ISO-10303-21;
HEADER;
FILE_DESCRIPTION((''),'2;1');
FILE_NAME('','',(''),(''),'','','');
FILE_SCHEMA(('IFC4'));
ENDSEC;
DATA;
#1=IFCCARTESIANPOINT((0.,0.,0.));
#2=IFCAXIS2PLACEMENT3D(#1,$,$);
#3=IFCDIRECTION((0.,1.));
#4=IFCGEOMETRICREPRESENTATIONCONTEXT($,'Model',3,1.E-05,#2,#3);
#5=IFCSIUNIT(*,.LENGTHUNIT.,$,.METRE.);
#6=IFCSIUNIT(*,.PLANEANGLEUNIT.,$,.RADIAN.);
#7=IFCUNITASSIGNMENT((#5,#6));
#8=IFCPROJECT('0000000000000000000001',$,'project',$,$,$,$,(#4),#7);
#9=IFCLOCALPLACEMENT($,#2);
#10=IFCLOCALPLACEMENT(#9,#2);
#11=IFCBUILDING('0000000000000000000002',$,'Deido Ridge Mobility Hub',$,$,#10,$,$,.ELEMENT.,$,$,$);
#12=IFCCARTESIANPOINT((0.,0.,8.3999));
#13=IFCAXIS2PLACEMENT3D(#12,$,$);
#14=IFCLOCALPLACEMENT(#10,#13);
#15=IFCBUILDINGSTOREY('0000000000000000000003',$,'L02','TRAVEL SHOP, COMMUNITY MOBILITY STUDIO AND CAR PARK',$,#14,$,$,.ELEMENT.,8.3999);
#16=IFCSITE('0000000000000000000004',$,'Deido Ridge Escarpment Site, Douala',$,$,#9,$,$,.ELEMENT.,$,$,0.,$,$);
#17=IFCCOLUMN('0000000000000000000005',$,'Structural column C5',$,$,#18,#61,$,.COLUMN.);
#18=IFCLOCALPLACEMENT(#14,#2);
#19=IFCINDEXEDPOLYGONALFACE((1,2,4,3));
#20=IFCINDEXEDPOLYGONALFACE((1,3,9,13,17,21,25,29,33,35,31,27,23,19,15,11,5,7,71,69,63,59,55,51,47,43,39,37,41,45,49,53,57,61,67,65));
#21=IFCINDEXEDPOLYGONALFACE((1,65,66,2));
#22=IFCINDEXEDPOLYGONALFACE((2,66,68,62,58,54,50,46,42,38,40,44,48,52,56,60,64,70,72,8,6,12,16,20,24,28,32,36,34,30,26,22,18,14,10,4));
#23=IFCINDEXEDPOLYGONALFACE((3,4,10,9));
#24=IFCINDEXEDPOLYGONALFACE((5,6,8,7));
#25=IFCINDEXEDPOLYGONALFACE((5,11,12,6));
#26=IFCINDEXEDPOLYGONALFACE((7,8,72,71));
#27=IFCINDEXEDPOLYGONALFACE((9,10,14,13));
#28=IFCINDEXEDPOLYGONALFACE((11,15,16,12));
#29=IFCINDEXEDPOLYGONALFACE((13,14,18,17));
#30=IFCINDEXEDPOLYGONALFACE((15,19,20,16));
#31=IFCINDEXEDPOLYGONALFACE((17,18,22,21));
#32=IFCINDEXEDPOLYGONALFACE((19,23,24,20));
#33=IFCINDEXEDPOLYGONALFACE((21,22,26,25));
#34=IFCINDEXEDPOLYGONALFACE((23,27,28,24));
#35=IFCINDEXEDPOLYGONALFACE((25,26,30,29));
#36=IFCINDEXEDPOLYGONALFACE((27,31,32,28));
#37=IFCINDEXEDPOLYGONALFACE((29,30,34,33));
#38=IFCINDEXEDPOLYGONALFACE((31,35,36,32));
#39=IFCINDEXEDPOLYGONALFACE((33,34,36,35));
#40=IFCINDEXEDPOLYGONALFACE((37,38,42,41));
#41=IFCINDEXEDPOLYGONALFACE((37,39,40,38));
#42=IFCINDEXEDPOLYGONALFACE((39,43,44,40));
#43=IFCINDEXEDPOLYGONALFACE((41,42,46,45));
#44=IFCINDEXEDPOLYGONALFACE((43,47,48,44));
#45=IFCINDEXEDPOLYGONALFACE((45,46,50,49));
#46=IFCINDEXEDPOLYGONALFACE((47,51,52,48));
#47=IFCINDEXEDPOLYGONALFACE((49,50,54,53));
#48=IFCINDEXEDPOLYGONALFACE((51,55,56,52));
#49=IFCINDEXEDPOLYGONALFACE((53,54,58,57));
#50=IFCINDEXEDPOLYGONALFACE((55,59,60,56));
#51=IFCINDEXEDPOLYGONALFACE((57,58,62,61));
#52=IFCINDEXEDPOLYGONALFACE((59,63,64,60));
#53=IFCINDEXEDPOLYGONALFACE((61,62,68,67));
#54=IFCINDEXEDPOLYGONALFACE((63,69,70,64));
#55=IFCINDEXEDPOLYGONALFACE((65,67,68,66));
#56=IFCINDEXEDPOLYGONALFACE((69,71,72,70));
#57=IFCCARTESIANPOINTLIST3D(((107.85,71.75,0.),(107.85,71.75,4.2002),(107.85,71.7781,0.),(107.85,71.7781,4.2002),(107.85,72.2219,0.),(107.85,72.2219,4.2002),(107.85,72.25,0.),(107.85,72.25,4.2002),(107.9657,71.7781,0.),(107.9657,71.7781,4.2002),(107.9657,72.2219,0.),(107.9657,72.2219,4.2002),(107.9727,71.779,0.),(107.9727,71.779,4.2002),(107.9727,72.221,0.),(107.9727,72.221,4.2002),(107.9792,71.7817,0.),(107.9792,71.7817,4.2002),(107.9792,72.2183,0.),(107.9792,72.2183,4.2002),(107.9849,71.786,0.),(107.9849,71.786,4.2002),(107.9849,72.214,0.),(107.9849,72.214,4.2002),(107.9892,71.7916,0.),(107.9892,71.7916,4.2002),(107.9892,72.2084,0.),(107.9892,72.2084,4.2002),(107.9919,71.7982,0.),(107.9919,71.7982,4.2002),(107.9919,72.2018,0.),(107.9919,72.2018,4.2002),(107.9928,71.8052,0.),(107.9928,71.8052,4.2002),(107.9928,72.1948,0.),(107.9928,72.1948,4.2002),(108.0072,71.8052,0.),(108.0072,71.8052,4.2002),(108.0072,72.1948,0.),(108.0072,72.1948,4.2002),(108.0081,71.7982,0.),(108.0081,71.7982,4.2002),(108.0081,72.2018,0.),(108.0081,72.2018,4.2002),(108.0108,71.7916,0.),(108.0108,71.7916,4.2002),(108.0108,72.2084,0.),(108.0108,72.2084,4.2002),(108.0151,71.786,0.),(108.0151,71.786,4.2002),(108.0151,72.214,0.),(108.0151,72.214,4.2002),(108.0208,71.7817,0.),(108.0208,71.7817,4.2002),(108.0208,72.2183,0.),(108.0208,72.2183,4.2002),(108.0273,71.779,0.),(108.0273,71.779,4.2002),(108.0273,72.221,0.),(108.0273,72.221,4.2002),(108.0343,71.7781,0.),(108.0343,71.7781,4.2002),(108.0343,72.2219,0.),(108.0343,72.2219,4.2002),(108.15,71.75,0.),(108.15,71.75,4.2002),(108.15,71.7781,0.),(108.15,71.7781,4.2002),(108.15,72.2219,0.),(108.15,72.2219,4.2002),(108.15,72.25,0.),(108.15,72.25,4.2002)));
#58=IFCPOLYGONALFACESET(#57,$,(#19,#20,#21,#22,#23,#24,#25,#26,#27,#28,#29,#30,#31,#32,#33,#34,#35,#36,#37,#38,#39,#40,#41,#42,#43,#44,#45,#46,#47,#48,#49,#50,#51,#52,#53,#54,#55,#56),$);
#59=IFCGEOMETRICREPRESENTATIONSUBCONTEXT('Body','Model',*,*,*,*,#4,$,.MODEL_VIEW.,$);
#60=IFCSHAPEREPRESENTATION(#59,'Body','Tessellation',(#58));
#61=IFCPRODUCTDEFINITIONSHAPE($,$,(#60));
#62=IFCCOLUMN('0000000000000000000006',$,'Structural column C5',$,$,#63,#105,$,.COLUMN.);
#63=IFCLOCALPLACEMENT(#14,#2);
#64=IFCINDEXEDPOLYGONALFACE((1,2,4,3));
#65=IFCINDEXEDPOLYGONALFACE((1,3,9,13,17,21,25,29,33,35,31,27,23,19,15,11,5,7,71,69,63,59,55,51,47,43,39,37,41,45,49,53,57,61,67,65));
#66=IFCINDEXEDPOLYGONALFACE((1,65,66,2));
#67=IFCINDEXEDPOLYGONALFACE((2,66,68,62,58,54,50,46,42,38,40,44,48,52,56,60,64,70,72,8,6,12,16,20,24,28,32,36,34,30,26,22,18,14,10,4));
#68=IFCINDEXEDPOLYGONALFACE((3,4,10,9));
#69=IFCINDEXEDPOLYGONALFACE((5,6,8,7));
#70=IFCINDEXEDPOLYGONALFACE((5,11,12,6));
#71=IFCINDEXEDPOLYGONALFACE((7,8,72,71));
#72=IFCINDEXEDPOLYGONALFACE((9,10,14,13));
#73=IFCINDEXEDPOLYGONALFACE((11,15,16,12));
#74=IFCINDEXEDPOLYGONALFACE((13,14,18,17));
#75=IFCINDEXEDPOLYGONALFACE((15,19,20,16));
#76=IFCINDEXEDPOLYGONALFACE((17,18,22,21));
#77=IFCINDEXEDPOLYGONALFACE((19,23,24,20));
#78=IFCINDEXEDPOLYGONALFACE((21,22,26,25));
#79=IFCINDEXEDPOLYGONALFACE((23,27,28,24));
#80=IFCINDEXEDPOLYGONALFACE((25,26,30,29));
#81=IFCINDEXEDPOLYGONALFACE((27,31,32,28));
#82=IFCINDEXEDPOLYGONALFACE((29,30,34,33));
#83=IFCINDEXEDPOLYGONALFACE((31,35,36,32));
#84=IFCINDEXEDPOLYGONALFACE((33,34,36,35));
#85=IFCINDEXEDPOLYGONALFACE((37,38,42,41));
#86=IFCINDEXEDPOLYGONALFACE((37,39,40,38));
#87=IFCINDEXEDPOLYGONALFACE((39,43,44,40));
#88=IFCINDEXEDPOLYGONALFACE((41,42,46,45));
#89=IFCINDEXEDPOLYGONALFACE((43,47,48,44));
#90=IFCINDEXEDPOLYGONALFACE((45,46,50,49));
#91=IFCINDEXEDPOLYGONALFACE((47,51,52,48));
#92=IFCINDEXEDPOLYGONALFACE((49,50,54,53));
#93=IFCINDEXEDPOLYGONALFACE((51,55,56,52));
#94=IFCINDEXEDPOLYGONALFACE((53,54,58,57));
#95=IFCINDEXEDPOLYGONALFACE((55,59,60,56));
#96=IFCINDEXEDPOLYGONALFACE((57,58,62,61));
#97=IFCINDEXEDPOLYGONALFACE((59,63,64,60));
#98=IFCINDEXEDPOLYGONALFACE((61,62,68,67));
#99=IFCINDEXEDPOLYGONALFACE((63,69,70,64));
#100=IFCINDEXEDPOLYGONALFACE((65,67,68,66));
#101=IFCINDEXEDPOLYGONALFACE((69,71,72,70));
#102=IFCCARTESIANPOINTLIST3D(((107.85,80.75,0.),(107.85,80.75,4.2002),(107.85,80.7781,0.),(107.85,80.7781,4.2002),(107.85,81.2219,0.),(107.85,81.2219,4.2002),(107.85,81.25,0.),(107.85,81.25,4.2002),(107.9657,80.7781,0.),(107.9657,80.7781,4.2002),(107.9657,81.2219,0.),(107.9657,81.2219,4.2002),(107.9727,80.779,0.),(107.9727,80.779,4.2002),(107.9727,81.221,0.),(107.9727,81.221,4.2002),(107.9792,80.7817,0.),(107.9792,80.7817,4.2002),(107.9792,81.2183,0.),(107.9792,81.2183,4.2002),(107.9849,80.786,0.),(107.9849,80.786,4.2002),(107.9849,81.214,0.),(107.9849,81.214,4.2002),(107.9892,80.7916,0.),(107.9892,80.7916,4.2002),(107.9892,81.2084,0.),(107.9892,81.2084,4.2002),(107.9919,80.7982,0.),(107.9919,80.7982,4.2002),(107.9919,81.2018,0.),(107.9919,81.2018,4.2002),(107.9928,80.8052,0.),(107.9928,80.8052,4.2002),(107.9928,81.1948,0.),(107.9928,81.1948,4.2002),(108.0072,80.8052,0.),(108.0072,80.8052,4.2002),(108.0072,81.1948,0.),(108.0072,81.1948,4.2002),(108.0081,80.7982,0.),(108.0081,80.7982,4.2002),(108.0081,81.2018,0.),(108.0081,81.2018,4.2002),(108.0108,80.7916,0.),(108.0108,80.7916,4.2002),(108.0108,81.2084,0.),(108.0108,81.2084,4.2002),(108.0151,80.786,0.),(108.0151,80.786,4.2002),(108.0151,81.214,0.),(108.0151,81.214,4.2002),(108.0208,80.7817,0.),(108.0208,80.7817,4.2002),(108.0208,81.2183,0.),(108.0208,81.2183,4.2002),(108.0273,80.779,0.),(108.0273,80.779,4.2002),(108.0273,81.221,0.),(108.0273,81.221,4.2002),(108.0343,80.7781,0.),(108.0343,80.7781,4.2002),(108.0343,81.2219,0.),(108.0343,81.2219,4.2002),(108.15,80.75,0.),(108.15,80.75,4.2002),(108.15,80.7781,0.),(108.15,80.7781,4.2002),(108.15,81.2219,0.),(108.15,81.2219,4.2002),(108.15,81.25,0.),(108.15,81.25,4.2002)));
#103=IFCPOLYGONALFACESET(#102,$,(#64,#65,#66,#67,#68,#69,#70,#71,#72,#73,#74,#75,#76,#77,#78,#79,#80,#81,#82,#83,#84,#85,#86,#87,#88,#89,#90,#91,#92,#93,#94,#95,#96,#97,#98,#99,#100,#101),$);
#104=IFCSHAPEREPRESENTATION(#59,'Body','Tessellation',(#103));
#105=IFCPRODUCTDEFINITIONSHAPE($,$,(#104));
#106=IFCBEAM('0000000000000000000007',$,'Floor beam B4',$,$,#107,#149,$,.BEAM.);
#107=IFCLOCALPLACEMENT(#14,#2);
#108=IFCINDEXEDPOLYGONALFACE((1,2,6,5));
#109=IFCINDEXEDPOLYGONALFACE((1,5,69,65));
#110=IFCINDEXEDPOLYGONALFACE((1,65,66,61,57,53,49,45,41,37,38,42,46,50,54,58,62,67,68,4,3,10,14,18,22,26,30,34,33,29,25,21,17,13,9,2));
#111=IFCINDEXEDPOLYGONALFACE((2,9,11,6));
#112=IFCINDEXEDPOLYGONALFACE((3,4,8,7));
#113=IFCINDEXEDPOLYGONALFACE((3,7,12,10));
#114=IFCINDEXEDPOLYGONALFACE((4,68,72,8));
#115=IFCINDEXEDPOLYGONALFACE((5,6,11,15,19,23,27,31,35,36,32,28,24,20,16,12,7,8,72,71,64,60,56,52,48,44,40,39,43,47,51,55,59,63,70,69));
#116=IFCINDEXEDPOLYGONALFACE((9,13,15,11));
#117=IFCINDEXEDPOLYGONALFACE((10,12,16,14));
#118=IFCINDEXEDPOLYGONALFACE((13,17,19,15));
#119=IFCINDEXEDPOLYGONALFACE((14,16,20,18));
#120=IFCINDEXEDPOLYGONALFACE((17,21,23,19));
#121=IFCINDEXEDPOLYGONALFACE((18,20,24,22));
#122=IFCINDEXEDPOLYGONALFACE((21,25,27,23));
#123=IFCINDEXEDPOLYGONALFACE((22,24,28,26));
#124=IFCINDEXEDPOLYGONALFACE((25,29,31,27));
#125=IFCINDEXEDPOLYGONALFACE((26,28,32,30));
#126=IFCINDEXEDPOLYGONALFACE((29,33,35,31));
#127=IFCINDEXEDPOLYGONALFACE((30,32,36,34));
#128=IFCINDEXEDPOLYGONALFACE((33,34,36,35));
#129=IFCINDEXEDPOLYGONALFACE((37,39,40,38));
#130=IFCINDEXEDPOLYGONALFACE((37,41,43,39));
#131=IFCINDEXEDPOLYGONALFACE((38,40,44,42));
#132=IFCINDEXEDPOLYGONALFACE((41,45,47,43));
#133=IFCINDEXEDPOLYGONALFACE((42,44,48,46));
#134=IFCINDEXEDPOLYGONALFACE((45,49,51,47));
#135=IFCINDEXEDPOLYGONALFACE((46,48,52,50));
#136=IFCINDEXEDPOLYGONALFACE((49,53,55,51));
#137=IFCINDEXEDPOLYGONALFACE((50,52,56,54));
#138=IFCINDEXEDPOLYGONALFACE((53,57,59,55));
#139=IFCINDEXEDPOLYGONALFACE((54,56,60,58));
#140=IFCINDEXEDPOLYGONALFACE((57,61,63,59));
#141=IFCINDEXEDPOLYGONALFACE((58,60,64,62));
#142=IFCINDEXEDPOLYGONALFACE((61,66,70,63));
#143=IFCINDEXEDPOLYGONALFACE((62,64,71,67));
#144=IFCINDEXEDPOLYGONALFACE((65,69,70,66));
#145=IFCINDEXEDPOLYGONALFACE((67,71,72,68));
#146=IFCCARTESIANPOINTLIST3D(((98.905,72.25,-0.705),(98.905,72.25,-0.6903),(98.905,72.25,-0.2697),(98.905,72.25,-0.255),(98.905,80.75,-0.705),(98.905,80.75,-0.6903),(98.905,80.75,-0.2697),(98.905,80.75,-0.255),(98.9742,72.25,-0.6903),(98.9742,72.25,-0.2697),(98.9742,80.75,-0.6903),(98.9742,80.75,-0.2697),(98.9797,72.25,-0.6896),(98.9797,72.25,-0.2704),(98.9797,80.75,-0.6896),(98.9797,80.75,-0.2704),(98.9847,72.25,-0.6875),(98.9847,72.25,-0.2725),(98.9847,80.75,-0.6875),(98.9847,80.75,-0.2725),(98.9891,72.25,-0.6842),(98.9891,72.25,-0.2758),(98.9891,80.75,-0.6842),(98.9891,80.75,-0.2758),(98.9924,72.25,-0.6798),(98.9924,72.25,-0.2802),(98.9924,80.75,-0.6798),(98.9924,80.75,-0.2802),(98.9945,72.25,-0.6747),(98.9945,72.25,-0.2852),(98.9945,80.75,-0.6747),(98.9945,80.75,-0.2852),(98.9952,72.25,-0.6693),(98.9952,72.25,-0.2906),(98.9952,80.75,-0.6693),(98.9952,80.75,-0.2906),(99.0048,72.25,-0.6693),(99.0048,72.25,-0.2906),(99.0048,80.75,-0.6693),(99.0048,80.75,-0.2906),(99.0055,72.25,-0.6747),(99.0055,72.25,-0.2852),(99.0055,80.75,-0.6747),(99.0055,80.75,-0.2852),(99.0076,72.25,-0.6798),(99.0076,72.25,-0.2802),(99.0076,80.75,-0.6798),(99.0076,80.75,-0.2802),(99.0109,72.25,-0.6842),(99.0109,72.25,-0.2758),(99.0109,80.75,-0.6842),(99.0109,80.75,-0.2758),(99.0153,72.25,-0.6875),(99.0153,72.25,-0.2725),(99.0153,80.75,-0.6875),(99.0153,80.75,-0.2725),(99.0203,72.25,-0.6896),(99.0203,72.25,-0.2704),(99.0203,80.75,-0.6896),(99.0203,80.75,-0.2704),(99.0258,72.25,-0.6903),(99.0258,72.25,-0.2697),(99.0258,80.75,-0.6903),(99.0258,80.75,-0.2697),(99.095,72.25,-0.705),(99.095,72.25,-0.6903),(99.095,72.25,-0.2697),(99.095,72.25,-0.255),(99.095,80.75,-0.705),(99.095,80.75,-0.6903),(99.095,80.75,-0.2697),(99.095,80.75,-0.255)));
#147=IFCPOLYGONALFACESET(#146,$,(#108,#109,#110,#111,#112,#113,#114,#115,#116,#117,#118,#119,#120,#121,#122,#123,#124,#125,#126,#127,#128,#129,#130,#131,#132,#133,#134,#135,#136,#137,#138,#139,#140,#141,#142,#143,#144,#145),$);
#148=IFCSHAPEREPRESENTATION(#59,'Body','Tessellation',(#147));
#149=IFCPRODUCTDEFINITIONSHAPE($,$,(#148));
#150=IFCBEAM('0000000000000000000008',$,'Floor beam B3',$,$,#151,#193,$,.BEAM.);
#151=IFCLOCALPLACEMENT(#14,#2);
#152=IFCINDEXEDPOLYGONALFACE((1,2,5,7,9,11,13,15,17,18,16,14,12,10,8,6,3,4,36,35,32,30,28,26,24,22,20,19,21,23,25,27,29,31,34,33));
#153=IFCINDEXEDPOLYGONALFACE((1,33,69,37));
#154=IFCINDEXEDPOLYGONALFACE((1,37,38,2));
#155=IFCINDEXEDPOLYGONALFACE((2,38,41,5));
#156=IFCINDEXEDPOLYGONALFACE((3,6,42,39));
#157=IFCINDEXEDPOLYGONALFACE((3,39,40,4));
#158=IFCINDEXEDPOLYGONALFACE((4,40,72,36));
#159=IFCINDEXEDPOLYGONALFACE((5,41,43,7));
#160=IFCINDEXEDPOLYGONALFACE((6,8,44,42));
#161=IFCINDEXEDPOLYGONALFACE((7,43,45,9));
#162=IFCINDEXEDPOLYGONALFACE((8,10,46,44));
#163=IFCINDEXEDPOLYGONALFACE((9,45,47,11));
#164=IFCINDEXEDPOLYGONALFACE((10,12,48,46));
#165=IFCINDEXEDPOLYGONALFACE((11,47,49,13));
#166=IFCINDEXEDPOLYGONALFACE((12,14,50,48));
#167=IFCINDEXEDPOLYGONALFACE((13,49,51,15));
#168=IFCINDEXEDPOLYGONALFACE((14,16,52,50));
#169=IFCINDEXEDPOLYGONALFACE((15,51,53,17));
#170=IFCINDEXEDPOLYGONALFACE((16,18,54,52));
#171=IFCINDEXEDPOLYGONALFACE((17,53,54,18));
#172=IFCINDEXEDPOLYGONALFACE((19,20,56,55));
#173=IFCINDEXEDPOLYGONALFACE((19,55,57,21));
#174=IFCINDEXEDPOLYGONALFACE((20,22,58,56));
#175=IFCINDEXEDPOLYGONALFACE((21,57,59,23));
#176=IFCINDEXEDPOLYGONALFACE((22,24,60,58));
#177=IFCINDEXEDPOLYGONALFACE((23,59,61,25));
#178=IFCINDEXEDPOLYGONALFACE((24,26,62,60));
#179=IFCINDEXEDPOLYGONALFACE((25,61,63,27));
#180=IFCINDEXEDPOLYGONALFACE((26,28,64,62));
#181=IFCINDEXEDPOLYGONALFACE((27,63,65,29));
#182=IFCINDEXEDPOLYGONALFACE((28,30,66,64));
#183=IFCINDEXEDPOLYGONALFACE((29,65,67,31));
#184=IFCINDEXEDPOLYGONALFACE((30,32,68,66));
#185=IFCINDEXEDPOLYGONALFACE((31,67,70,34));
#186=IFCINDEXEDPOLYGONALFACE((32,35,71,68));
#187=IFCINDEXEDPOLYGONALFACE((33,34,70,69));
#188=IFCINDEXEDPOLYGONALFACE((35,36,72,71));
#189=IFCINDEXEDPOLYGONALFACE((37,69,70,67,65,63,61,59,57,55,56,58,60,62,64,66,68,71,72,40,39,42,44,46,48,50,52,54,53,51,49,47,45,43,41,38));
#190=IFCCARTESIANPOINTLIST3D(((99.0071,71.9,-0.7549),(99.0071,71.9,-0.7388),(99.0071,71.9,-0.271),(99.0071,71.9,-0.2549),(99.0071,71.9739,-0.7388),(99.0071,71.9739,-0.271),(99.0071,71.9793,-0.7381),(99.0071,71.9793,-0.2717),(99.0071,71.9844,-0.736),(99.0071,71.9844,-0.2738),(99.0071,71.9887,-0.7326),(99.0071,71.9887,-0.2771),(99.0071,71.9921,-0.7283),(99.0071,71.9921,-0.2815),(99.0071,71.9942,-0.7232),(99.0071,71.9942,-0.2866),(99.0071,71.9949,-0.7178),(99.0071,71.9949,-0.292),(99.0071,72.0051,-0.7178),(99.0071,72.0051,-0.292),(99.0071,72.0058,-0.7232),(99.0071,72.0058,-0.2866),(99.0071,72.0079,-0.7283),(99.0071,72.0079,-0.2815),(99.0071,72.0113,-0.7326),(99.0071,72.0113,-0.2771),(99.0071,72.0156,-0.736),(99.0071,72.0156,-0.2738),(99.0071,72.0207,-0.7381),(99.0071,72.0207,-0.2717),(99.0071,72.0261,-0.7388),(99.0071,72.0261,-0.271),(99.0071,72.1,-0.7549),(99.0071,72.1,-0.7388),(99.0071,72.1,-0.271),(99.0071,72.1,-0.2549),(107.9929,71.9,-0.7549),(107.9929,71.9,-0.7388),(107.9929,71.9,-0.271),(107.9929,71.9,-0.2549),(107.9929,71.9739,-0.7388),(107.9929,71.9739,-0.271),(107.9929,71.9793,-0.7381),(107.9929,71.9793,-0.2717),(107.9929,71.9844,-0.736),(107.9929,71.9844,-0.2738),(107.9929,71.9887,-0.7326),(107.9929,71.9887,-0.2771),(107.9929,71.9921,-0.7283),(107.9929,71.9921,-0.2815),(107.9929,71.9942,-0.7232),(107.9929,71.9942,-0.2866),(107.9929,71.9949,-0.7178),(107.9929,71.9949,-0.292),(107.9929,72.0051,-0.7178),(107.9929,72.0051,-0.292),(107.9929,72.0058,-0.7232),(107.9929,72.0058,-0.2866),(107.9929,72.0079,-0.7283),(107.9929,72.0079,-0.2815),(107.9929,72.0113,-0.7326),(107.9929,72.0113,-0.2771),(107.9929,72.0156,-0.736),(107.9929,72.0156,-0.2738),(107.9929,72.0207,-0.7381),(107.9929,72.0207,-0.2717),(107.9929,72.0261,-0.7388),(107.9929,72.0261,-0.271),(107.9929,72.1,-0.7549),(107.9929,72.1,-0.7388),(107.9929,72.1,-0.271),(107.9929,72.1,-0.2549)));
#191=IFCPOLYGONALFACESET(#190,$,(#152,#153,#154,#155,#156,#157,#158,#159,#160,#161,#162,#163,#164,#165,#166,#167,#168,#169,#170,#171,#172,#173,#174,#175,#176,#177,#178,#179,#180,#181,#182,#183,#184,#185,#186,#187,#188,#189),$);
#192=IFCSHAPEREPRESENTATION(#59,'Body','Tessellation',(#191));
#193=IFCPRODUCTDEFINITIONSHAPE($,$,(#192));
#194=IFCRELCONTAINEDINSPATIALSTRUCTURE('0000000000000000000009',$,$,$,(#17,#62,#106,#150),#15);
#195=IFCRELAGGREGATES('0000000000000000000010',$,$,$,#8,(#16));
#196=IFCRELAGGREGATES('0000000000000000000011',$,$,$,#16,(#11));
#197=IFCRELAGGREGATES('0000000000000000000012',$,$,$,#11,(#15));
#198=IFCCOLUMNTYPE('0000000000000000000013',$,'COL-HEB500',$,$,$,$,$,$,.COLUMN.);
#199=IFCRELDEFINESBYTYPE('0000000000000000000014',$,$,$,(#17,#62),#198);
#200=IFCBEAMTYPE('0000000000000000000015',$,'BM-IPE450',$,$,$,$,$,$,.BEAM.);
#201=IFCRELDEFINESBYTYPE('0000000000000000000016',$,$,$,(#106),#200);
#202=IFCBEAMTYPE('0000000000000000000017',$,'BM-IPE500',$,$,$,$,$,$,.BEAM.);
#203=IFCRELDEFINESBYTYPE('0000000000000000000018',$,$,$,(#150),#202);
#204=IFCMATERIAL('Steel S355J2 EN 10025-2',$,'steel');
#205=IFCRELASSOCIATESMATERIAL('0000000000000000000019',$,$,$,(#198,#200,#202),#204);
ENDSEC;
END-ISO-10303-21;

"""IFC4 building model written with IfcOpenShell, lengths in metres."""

from ifc_helpers import new_model, si_unit, direction, frame, origin, origin_2d, place, context, subcontext, project, spatial, i_section, extrude, material, material_profile, profile_set, type_object, element, save


model = new_model("IFC4")

# Units and contexts
model_context = context("Model", 3, precision=1e-05, world=origin(), true_north=direction((0.0, 1.0)))
body_context = subcontext(model_context, "Body", "Model", "MODEL_VIEW")
ifc_project = project(units=[si_unit("LENGTHUNIT", "METRE"), si_unit("PLANEANGLEUNIT", "RADIAN")], contexts=[model_context])

# Site, building, storey
site_placement = place(None, origin())
site = spatial("IfcSite", under=ifc_project, at=site_placement, Name="Deido Ridge Escarpment Site, Douala", CompositionType="ELEMENT", RefElevation=0.0)
building_placement = place(site_placement, origin())
building = spatial("IfcBuilding", under=site, at=building_placement, Name="Deido Ridge Mobility Hub", CompositionType="ELEMENT")
storey_placement = place(building_placement, frame((0.0, 0.0, 8.3999)))
storey = spatial("IfcBuildingStorey", under=building, at=storey_placement, Name="L02", Description="TRAVEL SHOP, COMMUNITY MOBILITY STUDIO AND CAR PARK", CompositionType="ELEMENT", Elevation=8.3999)

# Columns
ifc_material_1 = material(Name="Steel S355J2 EN 10025-2", Category="steel")
ifc_material_profile_1 = material_profile(ifc_material_1, i_section(OverallWidth=0.3, OverallDepth=0.5, WebThickness=0.0144, FlangeThickness=0.0281, FilletRadius=0.0271, at=origin_2d()), Name="HEB 500")
ifc_profile_set_1 = profile_set([ifc_material_profile_1], Name="Steel S355J2 EN 10025-2")
column_type_1 = type_object("IfcColumnType", Name="COL-HEB500", PredefinedType="COLUMN", material=ifc_profile_set_1)
for number, where, z_axis, x_axis, name in (
    (1, (108.0, 72.0, 0.0), (0.0, 0.0, 1.0), (1.0, 0.0, 0.0), "Structural column C5"),
    (2, (108.0, 81.0, 0.0), (0.0, 0.0, 1.0), (1.0, 0.0, 0.0), "Structural column C5"),
):
    element("IfcColumn", number, at=place(storey_placement, frame(where, z_axis=z_axis, x_axis=x_axis)), inside=storey, type_object=column_type_1, Name=name, PredefinedType="COLUMN", context=body_context, shape_type="SweptSolid", body=[
        extrude(i_section(OverallWidth=0.3, OverallDepth=0.5, WebThickness=0.0144, FlangeThickness=0.0281, FilletRadius=0.0271, at=origin_2d()), origin(), (0.0, 0.0, 1.0), 4.2002),
    ])

# Beams
ifc_material_profile_2 = material_profile(ifc_material_1, i_section(OverallWidth=0.1899, OverallDepth=0.45, WebThickness=0.0095, FlangeThickness=0.0146, FilletRadius=0.021, at=origin_2d()), Name="IPE 450")
ifc_profile_set_2 = profile_set([ifc_material_profile_2], Name="Steel S355J2 EN 10025-2")
beam_type_1 = type_object("IfcBeamType", Name="BM-IPE450", PredefinedType="BEAM", material=ifc_profile_set_2)
beam_1_placement = place(storey_placement, frame((99.0, 72.25, -0.48), z_axis=(0.0, 1.0, 0.0), x_axis=(-1.0, 0.0, 0.0)))
element("IfcBeam", 3, at=beam_1_placement, inside=storey, type_object=beam_type_1, Name="Floor beam B4", PredefinedType="BEAM", context=body_context, shape_type="SweptSolid", body=[
    extrude(i_section(OverallWidth=0.1899, OverallDepth=0.45, WebThickness=0.0095, FlangeThickness=0.0146, FilletRadius=0.021, at=origin_2d()), origin(), (0.0, 0.0, 1.0), 8.5),
])
ifc_material_profile_3 = material_profile(ifc_material_1, i_section(OverallWidth=0.2, OverallDepth=0.5, WebThickness=0.0103, FlangeThickness=0.0161, FilletRadius=0.021, at=origin_2d()), Name="IPE 500")
ifc_profile_set_3 = profile_set([ifc_material_profile_3], Name="Steel S355J2 EN 10025-2")
beam_type_2 = type_object("IfcBeamType", Name="BM-IPE500", PredefinedType="BEAM", material=ifc_profile_set_3)
for number, where, z_axis, x_axis, name in (
    (4, (99.0071, 72.0, -0.5049), (1.0, 0.0, 0.0), (0.0, 1.0, 0.0), "Floor beam B3"),
):
    element("IfcBeam", number, at=place(storey_placement, frame(where, z_axis=z_axis, x_axis=x_axis)), inside=storey, type_object=beam_type_2, Name=name, PredefinedType="BEAM", context=body_context, shape_type="SweptSolid", body=[
        extrude(i_section(OverallWidth=0.2, OverallDepth=0.5, WebThickness=0.0103, FlangeThickness=0.0161, FilletRadius=0.021, at=origin_2d()), origin(), (0.0, 0.0, 1.0), 8.9858),
    ])

save(model, "model.ifc")
